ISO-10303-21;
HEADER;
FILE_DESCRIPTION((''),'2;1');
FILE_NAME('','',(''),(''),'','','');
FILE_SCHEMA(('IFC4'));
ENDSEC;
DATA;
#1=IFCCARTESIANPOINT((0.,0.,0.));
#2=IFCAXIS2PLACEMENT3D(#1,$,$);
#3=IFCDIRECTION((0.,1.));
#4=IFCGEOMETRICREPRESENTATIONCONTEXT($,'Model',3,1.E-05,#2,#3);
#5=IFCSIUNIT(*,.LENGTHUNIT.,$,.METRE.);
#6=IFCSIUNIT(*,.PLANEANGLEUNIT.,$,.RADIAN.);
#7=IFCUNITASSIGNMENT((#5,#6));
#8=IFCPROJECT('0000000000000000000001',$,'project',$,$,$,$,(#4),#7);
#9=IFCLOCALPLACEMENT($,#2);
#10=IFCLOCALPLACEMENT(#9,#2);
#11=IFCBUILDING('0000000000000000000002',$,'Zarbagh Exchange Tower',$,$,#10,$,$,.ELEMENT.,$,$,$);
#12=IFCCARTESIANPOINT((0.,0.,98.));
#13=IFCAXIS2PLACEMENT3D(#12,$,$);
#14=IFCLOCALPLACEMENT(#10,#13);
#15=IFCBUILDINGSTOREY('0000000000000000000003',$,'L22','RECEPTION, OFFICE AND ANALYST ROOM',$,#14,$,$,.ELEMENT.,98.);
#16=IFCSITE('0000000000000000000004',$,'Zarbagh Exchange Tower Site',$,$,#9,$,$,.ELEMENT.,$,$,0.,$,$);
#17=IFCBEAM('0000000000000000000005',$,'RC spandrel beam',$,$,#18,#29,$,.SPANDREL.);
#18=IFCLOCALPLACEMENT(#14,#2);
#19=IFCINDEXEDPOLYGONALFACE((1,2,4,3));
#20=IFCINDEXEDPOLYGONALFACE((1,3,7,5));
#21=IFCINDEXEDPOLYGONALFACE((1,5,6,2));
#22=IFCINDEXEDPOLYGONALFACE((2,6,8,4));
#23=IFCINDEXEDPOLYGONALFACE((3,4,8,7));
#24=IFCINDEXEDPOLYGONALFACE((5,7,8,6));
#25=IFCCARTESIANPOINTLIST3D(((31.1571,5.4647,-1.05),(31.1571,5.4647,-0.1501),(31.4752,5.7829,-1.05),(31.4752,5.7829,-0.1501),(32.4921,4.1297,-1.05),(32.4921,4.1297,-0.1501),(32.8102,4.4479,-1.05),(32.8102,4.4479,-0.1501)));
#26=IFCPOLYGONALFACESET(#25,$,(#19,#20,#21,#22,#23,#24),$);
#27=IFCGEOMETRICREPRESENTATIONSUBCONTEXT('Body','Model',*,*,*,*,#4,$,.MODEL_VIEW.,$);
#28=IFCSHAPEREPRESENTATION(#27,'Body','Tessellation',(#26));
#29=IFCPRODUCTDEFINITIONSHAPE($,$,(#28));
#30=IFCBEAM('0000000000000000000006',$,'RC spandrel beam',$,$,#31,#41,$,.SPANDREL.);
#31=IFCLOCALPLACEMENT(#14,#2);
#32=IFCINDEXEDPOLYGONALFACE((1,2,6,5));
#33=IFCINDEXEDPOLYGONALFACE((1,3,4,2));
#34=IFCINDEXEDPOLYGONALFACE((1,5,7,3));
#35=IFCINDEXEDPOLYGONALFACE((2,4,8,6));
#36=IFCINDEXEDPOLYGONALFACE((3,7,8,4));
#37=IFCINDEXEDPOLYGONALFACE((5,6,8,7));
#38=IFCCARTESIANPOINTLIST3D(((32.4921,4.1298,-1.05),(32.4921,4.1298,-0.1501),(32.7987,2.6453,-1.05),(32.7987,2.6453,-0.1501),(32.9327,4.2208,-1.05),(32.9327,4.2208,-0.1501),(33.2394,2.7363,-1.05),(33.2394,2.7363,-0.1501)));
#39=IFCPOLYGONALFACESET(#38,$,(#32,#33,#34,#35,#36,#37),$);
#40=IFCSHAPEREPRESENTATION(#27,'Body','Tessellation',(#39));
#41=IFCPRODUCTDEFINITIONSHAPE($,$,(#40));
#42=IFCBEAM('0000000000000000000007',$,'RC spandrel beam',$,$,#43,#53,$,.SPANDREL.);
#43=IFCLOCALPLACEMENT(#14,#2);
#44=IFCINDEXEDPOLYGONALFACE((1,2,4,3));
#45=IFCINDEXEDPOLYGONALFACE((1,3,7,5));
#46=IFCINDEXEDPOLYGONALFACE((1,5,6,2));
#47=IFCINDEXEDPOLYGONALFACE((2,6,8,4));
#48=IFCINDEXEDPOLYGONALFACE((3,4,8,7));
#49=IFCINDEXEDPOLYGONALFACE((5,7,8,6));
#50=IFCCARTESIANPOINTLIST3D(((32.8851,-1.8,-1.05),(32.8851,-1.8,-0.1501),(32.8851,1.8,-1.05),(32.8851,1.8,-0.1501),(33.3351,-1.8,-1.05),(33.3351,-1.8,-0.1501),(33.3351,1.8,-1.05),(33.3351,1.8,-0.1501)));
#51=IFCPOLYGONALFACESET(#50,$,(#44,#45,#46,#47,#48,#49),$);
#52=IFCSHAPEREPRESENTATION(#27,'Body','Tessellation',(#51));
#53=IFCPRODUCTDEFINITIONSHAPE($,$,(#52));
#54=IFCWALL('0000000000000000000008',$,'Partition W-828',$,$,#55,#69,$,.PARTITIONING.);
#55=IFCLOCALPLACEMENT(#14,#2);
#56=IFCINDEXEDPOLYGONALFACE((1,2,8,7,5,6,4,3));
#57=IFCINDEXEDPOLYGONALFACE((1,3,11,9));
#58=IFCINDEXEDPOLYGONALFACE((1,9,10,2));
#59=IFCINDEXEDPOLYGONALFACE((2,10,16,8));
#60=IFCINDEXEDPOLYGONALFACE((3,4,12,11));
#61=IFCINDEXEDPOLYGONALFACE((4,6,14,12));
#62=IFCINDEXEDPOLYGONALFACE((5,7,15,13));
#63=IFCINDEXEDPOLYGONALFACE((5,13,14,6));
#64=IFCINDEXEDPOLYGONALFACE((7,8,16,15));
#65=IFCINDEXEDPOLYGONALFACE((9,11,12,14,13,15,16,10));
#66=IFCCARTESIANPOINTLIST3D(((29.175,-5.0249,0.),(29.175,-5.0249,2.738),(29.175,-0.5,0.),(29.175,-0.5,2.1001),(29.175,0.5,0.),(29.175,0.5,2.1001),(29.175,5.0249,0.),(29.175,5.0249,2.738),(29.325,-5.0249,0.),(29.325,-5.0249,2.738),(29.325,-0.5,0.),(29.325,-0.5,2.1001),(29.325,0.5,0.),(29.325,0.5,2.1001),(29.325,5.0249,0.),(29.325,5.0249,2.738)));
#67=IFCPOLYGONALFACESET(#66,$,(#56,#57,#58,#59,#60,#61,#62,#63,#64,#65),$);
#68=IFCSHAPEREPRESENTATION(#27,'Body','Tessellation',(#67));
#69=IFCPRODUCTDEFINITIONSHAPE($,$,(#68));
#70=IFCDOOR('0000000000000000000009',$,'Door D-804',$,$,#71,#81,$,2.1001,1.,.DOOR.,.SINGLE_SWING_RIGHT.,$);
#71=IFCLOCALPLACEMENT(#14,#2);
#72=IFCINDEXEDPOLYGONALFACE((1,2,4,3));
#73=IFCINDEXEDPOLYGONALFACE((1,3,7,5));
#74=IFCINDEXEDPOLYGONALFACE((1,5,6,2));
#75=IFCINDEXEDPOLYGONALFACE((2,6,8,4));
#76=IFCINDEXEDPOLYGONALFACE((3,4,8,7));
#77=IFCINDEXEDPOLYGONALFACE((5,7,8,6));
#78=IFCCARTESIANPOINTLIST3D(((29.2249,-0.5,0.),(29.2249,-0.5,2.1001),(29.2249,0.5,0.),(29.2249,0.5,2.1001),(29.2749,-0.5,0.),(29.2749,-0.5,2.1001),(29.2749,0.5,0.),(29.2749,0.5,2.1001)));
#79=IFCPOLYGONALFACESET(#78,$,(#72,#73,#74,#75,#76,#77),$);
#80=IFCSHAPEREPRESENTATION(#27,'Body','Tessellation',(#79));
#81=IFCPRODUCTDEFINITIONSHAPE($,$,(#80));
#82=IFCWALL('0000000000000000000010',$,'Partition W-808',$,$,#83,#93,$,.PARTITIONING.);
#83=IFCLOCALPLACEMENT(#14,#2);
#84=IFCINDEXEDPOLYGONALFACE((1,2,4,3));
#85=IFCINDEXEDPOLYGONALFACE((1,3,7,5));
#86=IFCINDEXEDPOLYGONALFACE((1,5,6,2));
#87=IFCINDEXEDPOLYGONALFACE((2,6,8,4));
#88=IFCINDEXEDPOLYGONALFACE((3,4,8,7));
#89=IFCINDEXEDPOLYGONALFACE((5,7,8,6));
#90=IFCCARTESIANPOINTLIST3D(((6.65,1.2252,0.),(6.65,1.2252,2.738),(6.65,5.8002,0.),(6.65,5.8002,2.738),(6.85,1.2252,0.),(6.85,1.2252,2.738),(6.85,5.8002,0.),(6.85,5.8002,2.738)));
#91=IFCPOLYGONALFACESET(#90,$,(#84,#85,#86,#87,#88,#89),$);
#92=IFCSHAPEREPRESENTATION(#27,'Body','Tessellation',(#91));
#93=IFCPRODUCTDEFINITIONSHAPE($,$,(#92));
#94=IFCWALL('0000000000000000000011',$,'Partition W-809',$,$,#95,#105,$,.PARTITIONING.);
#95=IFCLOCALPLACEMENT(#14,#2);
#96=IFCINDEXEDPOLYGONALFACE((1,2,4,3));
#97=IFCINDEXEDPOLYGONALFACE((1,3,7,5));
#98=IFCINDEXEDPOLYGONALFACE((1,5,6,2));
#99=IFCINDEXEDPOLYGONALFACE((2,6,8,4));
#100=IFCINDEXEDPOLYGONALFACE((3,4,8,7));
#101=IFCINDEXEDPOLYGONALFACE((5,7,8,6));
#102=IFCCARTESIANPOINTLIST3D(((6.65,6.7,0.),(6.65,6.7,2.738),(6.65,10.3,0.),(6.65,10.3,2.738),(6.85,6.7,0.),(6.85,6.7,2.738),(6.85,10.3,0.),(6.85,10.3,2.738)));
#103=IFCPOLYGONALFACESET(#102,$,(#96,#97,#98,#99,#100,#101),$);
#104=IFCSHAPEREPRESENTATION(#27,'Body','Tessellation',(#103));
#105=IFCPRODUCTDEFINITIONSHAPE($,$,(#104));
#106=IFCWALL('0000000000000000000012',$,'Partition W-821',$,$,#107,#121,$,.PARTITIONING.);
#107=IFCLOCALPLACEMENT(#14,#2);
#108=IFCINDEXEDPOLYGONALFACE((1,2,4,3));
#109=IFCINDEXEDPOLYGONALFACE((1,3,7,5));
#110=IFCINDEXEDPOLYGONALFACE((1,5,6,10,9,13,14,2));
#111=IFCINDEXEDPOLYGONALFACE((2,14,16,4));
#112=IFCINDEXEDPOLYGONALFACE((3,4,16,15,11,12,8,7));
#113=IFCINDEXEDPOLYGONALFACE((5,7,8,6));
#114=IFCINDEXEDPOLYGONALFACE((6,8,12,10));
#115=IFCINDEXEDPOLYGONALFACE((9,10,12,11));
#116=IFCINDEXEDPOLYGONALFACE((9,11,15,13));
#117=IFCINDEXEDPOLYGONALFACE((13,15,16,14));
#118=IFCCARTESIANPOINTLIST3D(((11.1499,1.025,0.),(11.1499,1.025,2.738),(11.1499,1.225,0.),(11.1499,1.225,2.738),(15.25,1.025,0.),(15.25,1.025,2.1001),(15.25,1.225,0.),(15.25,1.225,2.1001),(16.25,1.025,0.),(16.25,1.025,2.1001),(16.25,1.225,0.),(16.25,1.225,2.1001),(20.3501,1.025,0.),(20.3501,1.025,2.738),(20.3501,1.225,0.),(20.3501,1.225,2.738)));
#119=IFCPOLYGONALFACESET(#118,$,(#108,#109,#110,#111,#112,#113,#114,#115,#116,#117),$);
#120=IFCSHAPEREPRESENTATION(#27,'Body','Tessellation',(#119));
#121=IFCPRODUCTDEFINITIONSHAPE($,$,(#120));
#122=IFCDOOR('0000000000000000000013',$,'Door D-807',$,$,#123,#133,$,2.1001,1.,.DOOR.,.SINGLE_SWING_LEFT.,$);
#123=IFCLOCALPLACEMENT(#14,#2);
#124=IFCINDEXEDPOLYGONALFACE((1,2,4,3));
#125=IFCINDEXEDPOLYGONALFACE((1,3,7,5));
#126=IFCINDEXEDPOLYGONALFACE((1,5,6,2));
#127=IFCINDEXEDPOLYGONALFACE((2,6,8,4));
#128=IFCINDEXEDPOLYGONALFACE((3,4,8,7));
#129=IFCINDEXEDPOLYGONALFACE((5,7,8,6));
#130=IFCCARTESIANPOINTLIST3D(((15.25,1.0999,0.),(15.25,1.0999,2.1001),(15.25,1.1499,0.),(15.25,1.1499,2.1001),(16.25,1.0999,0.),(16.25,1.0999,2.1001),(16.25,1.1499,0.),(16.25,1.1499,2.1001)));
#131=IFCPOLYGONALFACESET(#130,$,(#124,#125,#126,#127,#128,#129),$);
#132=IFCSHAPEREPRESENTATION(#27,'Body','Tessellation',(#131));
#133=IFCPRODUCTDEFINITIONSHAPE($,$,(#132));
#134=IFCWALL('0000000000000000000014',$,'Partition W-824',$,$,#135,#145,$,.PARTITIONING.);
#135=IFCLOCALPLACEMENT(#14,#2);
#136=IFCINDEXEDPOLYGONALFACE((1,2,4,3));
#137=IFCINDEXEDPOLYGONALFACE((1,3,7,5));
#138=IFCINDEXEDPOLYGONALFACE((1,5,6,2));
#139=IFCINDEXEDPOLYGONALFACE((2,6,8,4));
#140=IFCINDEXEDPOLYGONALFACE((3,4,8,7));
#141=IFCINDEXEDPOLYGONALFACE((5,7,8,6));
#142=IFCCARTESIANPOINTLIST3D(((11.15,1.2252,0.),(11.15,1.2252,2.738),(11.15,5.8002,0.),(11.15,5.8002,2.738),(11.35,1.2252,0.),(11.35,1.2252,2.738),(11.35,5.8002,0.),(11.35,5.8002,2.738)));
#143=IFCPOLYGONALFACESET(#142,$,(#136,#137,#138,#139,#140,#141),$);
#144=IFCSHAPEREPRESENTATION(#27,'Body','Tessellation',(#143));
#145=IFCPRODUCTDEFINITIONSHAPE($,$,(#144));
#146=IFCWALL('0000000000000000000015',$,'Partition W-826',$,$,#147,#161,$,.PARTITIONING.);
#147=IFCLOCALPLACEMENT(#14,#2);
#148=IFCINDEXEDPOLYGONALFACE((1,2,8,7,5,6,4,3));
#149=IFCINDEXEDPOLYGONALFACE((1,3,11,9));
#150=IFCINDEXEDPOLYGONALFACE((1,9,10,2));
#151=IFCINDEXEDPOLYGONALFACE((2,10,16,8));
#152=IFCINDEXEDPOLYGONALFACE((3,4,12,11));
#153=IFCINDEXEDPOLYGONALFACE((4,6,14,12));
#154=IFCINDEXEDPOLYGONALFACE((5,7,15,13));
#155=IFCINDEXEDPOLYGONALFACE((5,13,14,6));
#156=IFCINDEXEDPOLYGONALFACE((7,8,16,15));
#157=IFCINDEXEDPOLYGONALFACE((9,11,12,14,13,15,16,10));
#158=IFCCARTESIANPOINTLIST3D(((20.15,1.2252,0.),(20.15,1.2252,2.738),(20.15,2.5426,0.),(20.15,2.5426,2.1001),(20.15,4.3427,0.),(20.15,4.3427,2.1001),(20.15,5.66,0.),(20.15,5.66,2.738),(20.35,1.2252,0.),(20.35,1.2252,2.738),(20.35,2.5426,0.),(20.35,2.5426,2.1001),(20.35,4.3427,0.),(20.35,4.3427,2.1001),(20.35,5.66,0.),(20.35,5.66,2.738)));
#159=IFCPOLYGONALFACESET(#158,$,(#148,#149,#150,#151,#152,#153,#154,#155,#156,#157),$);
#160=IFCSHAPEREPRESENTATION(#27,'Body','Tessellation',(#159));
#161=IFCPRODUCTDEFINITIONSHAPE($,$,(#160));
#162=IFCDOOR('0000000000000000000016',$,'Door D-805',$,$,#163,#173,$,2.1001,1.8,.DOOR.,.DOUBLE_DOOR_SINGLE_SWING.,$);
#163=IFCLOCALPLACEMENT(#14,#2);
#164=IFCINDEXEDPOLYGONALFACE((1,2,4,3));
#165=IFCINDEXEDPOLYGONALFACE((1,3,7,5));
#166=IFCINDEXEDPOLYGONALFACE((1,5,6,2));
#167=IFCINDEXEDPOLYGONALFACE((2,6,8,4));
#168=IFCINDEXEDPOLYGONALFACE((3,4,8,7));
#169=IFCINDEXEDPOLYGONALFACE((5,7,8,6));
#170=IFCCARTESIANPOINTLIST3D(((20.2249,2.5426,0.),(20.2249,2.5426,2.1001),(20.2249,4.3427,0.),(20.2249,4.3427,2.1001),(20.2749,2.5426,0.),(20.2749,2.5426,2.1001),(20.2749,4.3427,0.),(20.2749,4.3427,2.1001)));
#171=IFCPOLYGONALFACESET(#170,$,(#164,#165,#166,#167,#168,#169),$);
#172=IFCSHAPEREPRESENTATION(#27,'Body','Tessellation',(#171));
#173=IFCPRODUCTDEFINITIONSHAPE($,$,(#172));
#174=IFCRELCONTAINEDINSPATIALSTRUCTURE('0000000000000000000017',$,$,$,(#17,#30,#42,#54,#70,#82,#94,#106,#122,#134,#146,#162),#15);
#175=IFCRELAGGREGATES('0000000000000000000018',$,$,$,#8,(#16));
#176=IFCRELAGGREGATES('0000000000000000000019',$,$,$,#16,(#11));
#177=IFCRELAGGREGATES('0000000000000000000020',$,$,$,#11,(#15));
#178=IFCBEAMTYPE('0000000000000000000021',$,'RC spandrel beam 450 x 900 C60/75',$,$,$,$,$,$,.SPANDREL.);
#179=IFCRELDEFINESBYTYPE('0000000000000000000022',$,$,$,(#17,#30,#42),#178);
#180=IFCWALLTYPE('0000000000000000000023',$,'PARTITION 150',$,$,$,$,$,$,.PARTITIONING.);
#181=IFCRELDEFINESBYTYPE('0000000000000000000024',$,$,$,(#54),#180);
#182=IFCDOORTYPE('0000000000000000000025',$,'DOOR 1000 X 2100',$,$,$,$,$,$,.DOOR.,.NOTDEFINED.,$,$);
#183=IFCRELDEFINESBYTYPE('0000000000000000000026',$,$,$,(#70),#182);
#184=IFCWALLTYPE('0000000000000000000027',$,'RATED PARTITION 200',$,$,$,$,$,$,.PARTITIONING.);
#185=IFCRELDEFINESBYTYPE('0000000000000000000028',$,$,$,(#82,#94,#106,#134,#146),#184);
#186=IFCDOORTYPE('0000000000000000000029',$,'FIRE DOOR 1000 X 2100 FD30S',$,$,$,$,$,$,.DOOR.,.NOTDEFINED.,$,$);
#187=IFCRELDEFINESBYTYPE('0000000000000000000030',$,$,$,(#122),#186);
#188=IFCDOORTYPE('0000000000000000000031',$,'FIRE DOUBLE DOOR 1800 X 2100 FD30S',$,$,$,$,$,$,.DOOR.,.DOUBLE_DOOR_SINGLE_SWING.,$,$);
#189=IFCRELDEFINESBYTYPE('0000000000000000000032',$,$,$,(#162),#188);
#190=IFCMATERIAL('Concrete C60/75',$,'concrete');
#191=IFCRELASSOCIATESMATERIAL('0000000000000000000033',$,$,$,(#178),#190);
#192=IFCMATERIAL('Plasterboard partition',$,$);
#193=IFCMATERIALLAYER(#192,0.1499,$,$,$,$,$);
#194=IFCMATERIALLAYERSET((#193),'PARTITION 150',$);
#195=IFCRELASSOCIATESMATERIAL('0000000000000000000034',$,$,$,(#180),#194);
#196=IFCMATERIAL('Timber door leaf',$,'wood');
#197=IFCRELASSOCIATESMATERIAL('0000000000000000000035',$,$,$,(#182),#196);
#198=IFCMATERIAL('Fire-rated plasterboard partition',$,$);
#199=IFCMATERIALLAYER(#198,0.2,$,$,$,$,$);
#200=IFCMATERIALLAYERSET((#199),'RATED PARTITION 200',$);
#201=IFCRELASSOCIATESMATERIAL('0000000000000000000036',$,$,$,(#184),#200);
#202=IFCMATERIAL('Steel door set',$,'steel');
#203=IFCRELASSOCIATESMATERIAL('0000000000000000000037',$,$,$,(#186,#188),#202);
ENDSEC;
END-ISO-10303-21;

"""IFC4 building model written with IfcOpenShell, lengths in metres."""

from ifc_helpers import new_model, si_unit, direction, frame, frame_2d, origin, origin_2d, place, context, subcontext, project, spatial, rectangle, extrude, material, layer, layer_set, material_profile, profile_set, type_object, element, fill, save


model = new_model("IFC4")

# Units and contexts
model_context = context("Model", 3, precision=1e-05, world=origin(), true_north=direction((0.0, 1.0)))
body_context = subcontext(model_context, "Body", "Model", "MODEL_VIEW")
ifc_project = project(units=[si_unit("LENGTHUNIT", "METRE"), si_unit("PLANEANGLEUNIT", "RADIAN")], contexts=[model_context])

# Site, building, storey
site_placement = place(None, origin())
site = spatial("IfcSite", under=ifc_project, at=site_placement, Name="Zarbagh Exchange Tower Site", CompositionType="ELEMENT", RefElevation=0.0)
building_placement = place(site_placement, origin())
building = spatial("IfcBuilding", under=site, at=building_placement, Name="Zarbagh Exchange Tower", CompositionType="ELEMENT")
storey_placement = place(building_placement, frame((0.0, 0.0, 98.0)))
storey = spatial("IfcBuildingStorey", under=building, at=storey_placement, Name="L22", Description="RECEPTION, OFFICE AND ANALYST ROOM", CompositionType="ELEMENT", Elevation=98.0)

# Shared definitions
ifc_material_1 = material(Name="Concrete C60/75", Category="concrete")

# Beams
ifc_material_profile_1 = material_profile(ifc_material_1, rectangle(XDim=0.45, YDim=0.8999, at=origin_2d()), Name="RC spandrel beam 450 x 900 C60/75")
ifc_profile_set_1 = profile_set([ifc_material_profile_1], Name="Concrete C60/75")
beam_type_1 = type_object("IfcBeamType", Name="RC spandrel beam 450 x 900 C60/75", PredefinedType="SPANDREL", material=ifc_profile_set_1)
beam_1_placement = place(storey_placement, frame((31.3162, 5.6238, -0.6001), z_axis=(0.707107, -0.707107, 0.0), x_axis=(0.707107, 0.707107, 0.0)))
element("IfcBeam", 1, at=beam_1_placement, inside=storey, type_object=beam_type_1, Name="RC spandrel beam", PredefinedType="SPANDREL", context=body_context, shape_type="SweptSolid", body=[
    extrude(rectangle(XDim=0.45, YDim=0.8999, at=origin_2d()), origin(), (0.0, 0.0, 1.0), 1.8879),
])
beam_2_placement = place(storey_placement, frame((32.7124, 4.1753, -0.6001), z_axis=(0.202275, -0.979329, 0.0), x_axis=(0.979329, 0.202275, 0.0)))
element("IfcBeam", 2, at=beam_2_placement, inside=storey, type_object=beam_type_1, Name="RC spandrel beam", PredefinedType="SPANDREL", context=body_context, shape_type="SweptSolid", body=[
    extrude(rectangle(XDim=0.45, YDim=0.8999, at=origin_2d()), origin(), (0.0, 0.0, 1.0), 1.5159),
])
beam_3_placement = place(storey_placement, frame((33.1101, 1.8, -0.6001), z_axis=(0.0, -1.0, 0.0), x_axis=(1.0, 0.0, 0.0)))
element("IfcBeam", 3, at=beam_3_placement, inside=storey, type_object=beam_type_1, Name="RC spandrel beam", PredefinedType="SPANDREL", context=body_context, shape_type="SweptSolid", body=[
    extrude(rectangle(XDim=0.45, YDim=0.8999, at=origin_2d()), origin(), (0.0, 0.0, 1.0), 3.6001),
])

# Wall, opening, door
ifc_material_2 = material(Name="Plasterboard partition")
ifc_layer_1 = layer(ifc_material_2, 0.1499)
ifc_layer_set_1 = layer_set([ifc_layer_1], Name="PARTITION 150")
wall_type_1 = type_object("IfcWallType", Name="PARTITION 150", PredefinedType="PARTITIONING", material=ifc_layer_set_1)
wall_1_placement = place(storey_placement, frame((29.25, 5.0249, 0.0), z_axis=(0.0, 0.0, 1.0), x_axis=(0.0, -1.0, 0.0)))
wall_1 = element("IfcWall", 4, at=wall_1_placement, inside=storey, type_object=wall_type_1, Name="Partition W-828", PredefinedType="PARTITIONING", context=body_context, shape_type="SweptSolid", body=[
    extrude(rectangle(XDim=10.0498, YDim=0.1499, at=frame_2d((5.0249, 0.0))), origin(), (0.0, 0.0, 1.0), 2.738),
])
opening_1_placement = place(wall_1_placement, frame((4.5249, 0.0, 0.0)))
opening_1 = element("IfcOpeningElement", 5, at=opening_1_placement, cuts=wall_1, PredefinedType="OPENING", context=body_context, shape_type="SweptSolid", body=[
    extrude(rectangle(XDim=1.0, YDim=2.1001, at=frame_2d((0.5, 1.05))), frame((0.0, 0.085, 0.0), z_axis=(0.0, -1.0, 0.0), x_axis=(1.0, 0.0, 0.0)), (0.0, 0.0, 1.0), 0.1699),
])
ifc_material_3 = material(Name="Timber door leaf", Category="wood")
door_type_1 = type_object("IfcDoorType", Name="DOOR 1000 X 2100", OperationType="NOTDEFINED", PredefinedType="DOOR", material=ifc_material_3)
door_1_placement = place(opening_1_placement, origin())
door_1 = element("IfcDoor", 6, at=door_1_placement, inside=storey, type_object=door_type_1, Name="Door D-804", OperationType="SINGLE_SWING_RIGHT", OverallHeight=2.1001, OverallWidth=1.0, PredefinedType="DOOR", context=body_context, shape_type="SweptSolid", body=[
    extrude(rectangle(XDim=1.0, YDim=2.1001, at=frame_2d((0.5, 1.05))), frame((0.0, 0.0249, 0.0), z_axis=(0.0, -1.0, 0.0), x_axis=(1.0, 0.0, 0.0)), (0.0, 0.0, 1.0), 0.05),
])
fill(opening_1, door_1)

# Walls
ifc_material_4 = material(Name="Fire-rated plasterboard partition")
ifc_layer_2 = layer(ifc_material_4, 0.2)
ifc_layer_set_2 = layer_set([ifc_layer_2], Name="RATED PARTITION 200")
wall_type_2 = type_object("IfcWallType", Name="RATED PARTITION 200", PredefinedType="PARTITIONING", material=ifc_layer_set_2)
wall_2_placement = place(storey_placement, frame((6.75, 1.2251, 0.0), z_axis=(0.0, 0.0, 1.0), x_axis=(0.0, 1.0, 0.0)))
element("IfcWall", 7, at=wall_2_placement, inside=storey, type_object=wall_type_2, Name="Partition W-808", PredefinedType="PARTITIONING", context=body_context, shape_type="SweptSolid", body=[
    extrude(rectangle(XDim=4.575, YDim=0.2, at=frame_2d((2.2876, 0.0))), origin(), (0.0, 0.0, 1.0), 2.738),
])
wall_3_placement = place(storey_placement, frame((6.75, 6.7, 0.0), z_axis=(0.0, 0.0, 1.0), x_axis=(0.0, 1.0, 0.0)))
element("IfcWall", 8, at=wall_3_placement, inside=storey, type_object=wall_type_2, Name="Partition W-809", PredefinedType="PARTITIONING", context=body_context, shape_type="SweptSolid", body=[
    extrude(rectangle(XDim=3.6001, YDim=0.2, at=frame_2d((1.8, 0.0))), origin(), (0.0, 0.0, 1.0), 2.738),
])

# Wall, opening, door
wall_4_placement = place(storey_placement, frame((11.1499, 1.125, 0.0), z_axis=(0.0, 0.0, 1.0), x_axis=(1.0, 0.0, 0.0)))
wall_4 = element("IfcWall", 9, at=wall_4_placement, inside=storey, type_object=wall_type_2, Name="Partition W-821", PredefinedType="PARTITIONING", context=body_context, shape_type="SweptSolid", body=[
    extrude(rectangle(XDim=9.2002, YDim=0.2, at=frame_2d((4.6001, 0.0))), origin(), (0.0, 0.0, 1.0), 2.738),
])
opening_2_placement = place(wall_4_placement, frame((4.1001, 0.0, 0.0)))
opening_2 = element("IfcOpeningElement", 10, at=opening_2_placement, cuts=wall_4, PredefinedType="OPENING", context=body_context, shape_type="SweptSolid", body=[
    extrude(rectangle(XDim=1.0, YDim=2.1001, at=frame_2d((0.5, 1.05))), frame((0.0, 0.1099, 0.0), z_axis=(0.0, -1.0, 0.0), x_axis=(1.0, 0.0, 0.0)), (0.0, 0.0, 1.0), 0.22),
])
ifc_material_5 = material(Name="Steel door set", Category="steel")
door_type_2 = type_object("IfcDoorType", Name="FIRE DOOR 1000 X 2100 FD30S", OperationType="NOTDEFINED", PredefinedType="DOOR", material=ifc_material_5)
door_2_placement = place(opening_2_placement, origin())
door_2 = element("IfcDoor", 11, at=door_2_placement, inside=storey, type_object=door_type_2, Name="Door D-807", OperationType="SINGLE_SWING_LEFT", OverallHeight=2.1001, OverallWidth=1.0, PredefinedType="DOOR", context=body_context, shape_type="SweptSolid", body=[
    extrude(rectangle(XDim=1.0, YDim=2.1001, at=frame_2d((0.5, 1.05))), frame((0.0, 0.0249, 0.0), z_axis=(0.0, -1.0, 0.0), x_axis=(1.0, 0.0, 0.0)), (0.0, 0.0, 1.0), 0.05),
])
fill(opening_2, door_2)

# Wall
wall_5_placement = place(storey_placement, frame((11.25, 1.2251, 0.0), z_axis=(0.0, 0.0, 1.0), x_axis=(0.0, 1.0, 0.0)))
element("IfcWall", 12, at=wall_5_placement, inside=storey, type_object=wall_type_2, Name="Partition W-824", PredefinedType="PARTITIONING", context=body_context, shape_type="SweptSolid", body=[
    extrude(rectangle(XDim=4.575, YDim=0.2, at=frame_2d((2.2876, 0.0))), origin(), (0.0, 0.0, 1.0), 2.738),
])

# Wall, opening, door
wall_6_placement = place(storey_placement, frame((20.25, 5.6599, 0.0), z_axis=(0.0, 0.0, 1.0), x_axis=(0.0, -1.0, 0.0)))
wall_6 = element("IfcWall", 13, at=wall_6_placement, inside=storey, type_object=wall_type_2, Name="Partition W-826", PredefinedType="PARTITIONING", context=body_context, shape_type="SweptSolid", body=[
    extrude(rectangle(XDim=4.4348, YDim=0.2, at=frame_2d((2.2173, 0.0))), origin(), (0.0, 0.0, 1.0), 2.738),
])
opening_3_placement = place(wall_6_placement, frame((1.3174, 0.0, 0.0)))
opening_3 = element("IfcOpeningElement", 14, at=opening_3_placement, cuts=wall_6, PredefinedType="OPENING", context=body_context, shape_type="SweptSolid", body=[
    extrude(rectangle(XDim=1.8, YDim=2.1001, at=frame_2d((0.8999, 1.05))), frame((0.0, 0.1099, 0.0), z_axis=(0.0, -1.0, 0.0), x_axis=(1.0, 0.0, 0.0)), (0.0, 0.0, 1.0), 0.22),
])
door_type_3 = type_object("IfcDoorType", Name="FIRE DOUBLE DOOR 1800 X 2100 FD30S", OperationType="DOUBLE_DOOR_SINGLE_SWING", PredefinedType="DOOR", material=ifc_material_5)
door_3_placement = place(opening_3_placement, origin())
door_3 = element("IfcDoor", 15, at=door_3_placement, inside=storey, type_object=door_type_3, Name="Door D-805", OperationType="DOUBLE_DOOR_SINGLE_SWING", OverallHeight=2.1001, OverallWidth=1.8, PredefinedType="DOOR", context=body_context, shape_type="SweptSolid", body=[
    extrude(rectangle(XDim=1.8, YDim=2.1001, at=frame_2d((0.8999, 1.05))), frame((0.0, 0.0249, 0.0), z_axis=(0.0, -1.0, 0.0), x_axis=(1.0, 0.0, 0.0)), (0.0, 0.0, 1.0), 0.05),
])
fill(opening_3, door_3)

save(model, "model.ifc")
